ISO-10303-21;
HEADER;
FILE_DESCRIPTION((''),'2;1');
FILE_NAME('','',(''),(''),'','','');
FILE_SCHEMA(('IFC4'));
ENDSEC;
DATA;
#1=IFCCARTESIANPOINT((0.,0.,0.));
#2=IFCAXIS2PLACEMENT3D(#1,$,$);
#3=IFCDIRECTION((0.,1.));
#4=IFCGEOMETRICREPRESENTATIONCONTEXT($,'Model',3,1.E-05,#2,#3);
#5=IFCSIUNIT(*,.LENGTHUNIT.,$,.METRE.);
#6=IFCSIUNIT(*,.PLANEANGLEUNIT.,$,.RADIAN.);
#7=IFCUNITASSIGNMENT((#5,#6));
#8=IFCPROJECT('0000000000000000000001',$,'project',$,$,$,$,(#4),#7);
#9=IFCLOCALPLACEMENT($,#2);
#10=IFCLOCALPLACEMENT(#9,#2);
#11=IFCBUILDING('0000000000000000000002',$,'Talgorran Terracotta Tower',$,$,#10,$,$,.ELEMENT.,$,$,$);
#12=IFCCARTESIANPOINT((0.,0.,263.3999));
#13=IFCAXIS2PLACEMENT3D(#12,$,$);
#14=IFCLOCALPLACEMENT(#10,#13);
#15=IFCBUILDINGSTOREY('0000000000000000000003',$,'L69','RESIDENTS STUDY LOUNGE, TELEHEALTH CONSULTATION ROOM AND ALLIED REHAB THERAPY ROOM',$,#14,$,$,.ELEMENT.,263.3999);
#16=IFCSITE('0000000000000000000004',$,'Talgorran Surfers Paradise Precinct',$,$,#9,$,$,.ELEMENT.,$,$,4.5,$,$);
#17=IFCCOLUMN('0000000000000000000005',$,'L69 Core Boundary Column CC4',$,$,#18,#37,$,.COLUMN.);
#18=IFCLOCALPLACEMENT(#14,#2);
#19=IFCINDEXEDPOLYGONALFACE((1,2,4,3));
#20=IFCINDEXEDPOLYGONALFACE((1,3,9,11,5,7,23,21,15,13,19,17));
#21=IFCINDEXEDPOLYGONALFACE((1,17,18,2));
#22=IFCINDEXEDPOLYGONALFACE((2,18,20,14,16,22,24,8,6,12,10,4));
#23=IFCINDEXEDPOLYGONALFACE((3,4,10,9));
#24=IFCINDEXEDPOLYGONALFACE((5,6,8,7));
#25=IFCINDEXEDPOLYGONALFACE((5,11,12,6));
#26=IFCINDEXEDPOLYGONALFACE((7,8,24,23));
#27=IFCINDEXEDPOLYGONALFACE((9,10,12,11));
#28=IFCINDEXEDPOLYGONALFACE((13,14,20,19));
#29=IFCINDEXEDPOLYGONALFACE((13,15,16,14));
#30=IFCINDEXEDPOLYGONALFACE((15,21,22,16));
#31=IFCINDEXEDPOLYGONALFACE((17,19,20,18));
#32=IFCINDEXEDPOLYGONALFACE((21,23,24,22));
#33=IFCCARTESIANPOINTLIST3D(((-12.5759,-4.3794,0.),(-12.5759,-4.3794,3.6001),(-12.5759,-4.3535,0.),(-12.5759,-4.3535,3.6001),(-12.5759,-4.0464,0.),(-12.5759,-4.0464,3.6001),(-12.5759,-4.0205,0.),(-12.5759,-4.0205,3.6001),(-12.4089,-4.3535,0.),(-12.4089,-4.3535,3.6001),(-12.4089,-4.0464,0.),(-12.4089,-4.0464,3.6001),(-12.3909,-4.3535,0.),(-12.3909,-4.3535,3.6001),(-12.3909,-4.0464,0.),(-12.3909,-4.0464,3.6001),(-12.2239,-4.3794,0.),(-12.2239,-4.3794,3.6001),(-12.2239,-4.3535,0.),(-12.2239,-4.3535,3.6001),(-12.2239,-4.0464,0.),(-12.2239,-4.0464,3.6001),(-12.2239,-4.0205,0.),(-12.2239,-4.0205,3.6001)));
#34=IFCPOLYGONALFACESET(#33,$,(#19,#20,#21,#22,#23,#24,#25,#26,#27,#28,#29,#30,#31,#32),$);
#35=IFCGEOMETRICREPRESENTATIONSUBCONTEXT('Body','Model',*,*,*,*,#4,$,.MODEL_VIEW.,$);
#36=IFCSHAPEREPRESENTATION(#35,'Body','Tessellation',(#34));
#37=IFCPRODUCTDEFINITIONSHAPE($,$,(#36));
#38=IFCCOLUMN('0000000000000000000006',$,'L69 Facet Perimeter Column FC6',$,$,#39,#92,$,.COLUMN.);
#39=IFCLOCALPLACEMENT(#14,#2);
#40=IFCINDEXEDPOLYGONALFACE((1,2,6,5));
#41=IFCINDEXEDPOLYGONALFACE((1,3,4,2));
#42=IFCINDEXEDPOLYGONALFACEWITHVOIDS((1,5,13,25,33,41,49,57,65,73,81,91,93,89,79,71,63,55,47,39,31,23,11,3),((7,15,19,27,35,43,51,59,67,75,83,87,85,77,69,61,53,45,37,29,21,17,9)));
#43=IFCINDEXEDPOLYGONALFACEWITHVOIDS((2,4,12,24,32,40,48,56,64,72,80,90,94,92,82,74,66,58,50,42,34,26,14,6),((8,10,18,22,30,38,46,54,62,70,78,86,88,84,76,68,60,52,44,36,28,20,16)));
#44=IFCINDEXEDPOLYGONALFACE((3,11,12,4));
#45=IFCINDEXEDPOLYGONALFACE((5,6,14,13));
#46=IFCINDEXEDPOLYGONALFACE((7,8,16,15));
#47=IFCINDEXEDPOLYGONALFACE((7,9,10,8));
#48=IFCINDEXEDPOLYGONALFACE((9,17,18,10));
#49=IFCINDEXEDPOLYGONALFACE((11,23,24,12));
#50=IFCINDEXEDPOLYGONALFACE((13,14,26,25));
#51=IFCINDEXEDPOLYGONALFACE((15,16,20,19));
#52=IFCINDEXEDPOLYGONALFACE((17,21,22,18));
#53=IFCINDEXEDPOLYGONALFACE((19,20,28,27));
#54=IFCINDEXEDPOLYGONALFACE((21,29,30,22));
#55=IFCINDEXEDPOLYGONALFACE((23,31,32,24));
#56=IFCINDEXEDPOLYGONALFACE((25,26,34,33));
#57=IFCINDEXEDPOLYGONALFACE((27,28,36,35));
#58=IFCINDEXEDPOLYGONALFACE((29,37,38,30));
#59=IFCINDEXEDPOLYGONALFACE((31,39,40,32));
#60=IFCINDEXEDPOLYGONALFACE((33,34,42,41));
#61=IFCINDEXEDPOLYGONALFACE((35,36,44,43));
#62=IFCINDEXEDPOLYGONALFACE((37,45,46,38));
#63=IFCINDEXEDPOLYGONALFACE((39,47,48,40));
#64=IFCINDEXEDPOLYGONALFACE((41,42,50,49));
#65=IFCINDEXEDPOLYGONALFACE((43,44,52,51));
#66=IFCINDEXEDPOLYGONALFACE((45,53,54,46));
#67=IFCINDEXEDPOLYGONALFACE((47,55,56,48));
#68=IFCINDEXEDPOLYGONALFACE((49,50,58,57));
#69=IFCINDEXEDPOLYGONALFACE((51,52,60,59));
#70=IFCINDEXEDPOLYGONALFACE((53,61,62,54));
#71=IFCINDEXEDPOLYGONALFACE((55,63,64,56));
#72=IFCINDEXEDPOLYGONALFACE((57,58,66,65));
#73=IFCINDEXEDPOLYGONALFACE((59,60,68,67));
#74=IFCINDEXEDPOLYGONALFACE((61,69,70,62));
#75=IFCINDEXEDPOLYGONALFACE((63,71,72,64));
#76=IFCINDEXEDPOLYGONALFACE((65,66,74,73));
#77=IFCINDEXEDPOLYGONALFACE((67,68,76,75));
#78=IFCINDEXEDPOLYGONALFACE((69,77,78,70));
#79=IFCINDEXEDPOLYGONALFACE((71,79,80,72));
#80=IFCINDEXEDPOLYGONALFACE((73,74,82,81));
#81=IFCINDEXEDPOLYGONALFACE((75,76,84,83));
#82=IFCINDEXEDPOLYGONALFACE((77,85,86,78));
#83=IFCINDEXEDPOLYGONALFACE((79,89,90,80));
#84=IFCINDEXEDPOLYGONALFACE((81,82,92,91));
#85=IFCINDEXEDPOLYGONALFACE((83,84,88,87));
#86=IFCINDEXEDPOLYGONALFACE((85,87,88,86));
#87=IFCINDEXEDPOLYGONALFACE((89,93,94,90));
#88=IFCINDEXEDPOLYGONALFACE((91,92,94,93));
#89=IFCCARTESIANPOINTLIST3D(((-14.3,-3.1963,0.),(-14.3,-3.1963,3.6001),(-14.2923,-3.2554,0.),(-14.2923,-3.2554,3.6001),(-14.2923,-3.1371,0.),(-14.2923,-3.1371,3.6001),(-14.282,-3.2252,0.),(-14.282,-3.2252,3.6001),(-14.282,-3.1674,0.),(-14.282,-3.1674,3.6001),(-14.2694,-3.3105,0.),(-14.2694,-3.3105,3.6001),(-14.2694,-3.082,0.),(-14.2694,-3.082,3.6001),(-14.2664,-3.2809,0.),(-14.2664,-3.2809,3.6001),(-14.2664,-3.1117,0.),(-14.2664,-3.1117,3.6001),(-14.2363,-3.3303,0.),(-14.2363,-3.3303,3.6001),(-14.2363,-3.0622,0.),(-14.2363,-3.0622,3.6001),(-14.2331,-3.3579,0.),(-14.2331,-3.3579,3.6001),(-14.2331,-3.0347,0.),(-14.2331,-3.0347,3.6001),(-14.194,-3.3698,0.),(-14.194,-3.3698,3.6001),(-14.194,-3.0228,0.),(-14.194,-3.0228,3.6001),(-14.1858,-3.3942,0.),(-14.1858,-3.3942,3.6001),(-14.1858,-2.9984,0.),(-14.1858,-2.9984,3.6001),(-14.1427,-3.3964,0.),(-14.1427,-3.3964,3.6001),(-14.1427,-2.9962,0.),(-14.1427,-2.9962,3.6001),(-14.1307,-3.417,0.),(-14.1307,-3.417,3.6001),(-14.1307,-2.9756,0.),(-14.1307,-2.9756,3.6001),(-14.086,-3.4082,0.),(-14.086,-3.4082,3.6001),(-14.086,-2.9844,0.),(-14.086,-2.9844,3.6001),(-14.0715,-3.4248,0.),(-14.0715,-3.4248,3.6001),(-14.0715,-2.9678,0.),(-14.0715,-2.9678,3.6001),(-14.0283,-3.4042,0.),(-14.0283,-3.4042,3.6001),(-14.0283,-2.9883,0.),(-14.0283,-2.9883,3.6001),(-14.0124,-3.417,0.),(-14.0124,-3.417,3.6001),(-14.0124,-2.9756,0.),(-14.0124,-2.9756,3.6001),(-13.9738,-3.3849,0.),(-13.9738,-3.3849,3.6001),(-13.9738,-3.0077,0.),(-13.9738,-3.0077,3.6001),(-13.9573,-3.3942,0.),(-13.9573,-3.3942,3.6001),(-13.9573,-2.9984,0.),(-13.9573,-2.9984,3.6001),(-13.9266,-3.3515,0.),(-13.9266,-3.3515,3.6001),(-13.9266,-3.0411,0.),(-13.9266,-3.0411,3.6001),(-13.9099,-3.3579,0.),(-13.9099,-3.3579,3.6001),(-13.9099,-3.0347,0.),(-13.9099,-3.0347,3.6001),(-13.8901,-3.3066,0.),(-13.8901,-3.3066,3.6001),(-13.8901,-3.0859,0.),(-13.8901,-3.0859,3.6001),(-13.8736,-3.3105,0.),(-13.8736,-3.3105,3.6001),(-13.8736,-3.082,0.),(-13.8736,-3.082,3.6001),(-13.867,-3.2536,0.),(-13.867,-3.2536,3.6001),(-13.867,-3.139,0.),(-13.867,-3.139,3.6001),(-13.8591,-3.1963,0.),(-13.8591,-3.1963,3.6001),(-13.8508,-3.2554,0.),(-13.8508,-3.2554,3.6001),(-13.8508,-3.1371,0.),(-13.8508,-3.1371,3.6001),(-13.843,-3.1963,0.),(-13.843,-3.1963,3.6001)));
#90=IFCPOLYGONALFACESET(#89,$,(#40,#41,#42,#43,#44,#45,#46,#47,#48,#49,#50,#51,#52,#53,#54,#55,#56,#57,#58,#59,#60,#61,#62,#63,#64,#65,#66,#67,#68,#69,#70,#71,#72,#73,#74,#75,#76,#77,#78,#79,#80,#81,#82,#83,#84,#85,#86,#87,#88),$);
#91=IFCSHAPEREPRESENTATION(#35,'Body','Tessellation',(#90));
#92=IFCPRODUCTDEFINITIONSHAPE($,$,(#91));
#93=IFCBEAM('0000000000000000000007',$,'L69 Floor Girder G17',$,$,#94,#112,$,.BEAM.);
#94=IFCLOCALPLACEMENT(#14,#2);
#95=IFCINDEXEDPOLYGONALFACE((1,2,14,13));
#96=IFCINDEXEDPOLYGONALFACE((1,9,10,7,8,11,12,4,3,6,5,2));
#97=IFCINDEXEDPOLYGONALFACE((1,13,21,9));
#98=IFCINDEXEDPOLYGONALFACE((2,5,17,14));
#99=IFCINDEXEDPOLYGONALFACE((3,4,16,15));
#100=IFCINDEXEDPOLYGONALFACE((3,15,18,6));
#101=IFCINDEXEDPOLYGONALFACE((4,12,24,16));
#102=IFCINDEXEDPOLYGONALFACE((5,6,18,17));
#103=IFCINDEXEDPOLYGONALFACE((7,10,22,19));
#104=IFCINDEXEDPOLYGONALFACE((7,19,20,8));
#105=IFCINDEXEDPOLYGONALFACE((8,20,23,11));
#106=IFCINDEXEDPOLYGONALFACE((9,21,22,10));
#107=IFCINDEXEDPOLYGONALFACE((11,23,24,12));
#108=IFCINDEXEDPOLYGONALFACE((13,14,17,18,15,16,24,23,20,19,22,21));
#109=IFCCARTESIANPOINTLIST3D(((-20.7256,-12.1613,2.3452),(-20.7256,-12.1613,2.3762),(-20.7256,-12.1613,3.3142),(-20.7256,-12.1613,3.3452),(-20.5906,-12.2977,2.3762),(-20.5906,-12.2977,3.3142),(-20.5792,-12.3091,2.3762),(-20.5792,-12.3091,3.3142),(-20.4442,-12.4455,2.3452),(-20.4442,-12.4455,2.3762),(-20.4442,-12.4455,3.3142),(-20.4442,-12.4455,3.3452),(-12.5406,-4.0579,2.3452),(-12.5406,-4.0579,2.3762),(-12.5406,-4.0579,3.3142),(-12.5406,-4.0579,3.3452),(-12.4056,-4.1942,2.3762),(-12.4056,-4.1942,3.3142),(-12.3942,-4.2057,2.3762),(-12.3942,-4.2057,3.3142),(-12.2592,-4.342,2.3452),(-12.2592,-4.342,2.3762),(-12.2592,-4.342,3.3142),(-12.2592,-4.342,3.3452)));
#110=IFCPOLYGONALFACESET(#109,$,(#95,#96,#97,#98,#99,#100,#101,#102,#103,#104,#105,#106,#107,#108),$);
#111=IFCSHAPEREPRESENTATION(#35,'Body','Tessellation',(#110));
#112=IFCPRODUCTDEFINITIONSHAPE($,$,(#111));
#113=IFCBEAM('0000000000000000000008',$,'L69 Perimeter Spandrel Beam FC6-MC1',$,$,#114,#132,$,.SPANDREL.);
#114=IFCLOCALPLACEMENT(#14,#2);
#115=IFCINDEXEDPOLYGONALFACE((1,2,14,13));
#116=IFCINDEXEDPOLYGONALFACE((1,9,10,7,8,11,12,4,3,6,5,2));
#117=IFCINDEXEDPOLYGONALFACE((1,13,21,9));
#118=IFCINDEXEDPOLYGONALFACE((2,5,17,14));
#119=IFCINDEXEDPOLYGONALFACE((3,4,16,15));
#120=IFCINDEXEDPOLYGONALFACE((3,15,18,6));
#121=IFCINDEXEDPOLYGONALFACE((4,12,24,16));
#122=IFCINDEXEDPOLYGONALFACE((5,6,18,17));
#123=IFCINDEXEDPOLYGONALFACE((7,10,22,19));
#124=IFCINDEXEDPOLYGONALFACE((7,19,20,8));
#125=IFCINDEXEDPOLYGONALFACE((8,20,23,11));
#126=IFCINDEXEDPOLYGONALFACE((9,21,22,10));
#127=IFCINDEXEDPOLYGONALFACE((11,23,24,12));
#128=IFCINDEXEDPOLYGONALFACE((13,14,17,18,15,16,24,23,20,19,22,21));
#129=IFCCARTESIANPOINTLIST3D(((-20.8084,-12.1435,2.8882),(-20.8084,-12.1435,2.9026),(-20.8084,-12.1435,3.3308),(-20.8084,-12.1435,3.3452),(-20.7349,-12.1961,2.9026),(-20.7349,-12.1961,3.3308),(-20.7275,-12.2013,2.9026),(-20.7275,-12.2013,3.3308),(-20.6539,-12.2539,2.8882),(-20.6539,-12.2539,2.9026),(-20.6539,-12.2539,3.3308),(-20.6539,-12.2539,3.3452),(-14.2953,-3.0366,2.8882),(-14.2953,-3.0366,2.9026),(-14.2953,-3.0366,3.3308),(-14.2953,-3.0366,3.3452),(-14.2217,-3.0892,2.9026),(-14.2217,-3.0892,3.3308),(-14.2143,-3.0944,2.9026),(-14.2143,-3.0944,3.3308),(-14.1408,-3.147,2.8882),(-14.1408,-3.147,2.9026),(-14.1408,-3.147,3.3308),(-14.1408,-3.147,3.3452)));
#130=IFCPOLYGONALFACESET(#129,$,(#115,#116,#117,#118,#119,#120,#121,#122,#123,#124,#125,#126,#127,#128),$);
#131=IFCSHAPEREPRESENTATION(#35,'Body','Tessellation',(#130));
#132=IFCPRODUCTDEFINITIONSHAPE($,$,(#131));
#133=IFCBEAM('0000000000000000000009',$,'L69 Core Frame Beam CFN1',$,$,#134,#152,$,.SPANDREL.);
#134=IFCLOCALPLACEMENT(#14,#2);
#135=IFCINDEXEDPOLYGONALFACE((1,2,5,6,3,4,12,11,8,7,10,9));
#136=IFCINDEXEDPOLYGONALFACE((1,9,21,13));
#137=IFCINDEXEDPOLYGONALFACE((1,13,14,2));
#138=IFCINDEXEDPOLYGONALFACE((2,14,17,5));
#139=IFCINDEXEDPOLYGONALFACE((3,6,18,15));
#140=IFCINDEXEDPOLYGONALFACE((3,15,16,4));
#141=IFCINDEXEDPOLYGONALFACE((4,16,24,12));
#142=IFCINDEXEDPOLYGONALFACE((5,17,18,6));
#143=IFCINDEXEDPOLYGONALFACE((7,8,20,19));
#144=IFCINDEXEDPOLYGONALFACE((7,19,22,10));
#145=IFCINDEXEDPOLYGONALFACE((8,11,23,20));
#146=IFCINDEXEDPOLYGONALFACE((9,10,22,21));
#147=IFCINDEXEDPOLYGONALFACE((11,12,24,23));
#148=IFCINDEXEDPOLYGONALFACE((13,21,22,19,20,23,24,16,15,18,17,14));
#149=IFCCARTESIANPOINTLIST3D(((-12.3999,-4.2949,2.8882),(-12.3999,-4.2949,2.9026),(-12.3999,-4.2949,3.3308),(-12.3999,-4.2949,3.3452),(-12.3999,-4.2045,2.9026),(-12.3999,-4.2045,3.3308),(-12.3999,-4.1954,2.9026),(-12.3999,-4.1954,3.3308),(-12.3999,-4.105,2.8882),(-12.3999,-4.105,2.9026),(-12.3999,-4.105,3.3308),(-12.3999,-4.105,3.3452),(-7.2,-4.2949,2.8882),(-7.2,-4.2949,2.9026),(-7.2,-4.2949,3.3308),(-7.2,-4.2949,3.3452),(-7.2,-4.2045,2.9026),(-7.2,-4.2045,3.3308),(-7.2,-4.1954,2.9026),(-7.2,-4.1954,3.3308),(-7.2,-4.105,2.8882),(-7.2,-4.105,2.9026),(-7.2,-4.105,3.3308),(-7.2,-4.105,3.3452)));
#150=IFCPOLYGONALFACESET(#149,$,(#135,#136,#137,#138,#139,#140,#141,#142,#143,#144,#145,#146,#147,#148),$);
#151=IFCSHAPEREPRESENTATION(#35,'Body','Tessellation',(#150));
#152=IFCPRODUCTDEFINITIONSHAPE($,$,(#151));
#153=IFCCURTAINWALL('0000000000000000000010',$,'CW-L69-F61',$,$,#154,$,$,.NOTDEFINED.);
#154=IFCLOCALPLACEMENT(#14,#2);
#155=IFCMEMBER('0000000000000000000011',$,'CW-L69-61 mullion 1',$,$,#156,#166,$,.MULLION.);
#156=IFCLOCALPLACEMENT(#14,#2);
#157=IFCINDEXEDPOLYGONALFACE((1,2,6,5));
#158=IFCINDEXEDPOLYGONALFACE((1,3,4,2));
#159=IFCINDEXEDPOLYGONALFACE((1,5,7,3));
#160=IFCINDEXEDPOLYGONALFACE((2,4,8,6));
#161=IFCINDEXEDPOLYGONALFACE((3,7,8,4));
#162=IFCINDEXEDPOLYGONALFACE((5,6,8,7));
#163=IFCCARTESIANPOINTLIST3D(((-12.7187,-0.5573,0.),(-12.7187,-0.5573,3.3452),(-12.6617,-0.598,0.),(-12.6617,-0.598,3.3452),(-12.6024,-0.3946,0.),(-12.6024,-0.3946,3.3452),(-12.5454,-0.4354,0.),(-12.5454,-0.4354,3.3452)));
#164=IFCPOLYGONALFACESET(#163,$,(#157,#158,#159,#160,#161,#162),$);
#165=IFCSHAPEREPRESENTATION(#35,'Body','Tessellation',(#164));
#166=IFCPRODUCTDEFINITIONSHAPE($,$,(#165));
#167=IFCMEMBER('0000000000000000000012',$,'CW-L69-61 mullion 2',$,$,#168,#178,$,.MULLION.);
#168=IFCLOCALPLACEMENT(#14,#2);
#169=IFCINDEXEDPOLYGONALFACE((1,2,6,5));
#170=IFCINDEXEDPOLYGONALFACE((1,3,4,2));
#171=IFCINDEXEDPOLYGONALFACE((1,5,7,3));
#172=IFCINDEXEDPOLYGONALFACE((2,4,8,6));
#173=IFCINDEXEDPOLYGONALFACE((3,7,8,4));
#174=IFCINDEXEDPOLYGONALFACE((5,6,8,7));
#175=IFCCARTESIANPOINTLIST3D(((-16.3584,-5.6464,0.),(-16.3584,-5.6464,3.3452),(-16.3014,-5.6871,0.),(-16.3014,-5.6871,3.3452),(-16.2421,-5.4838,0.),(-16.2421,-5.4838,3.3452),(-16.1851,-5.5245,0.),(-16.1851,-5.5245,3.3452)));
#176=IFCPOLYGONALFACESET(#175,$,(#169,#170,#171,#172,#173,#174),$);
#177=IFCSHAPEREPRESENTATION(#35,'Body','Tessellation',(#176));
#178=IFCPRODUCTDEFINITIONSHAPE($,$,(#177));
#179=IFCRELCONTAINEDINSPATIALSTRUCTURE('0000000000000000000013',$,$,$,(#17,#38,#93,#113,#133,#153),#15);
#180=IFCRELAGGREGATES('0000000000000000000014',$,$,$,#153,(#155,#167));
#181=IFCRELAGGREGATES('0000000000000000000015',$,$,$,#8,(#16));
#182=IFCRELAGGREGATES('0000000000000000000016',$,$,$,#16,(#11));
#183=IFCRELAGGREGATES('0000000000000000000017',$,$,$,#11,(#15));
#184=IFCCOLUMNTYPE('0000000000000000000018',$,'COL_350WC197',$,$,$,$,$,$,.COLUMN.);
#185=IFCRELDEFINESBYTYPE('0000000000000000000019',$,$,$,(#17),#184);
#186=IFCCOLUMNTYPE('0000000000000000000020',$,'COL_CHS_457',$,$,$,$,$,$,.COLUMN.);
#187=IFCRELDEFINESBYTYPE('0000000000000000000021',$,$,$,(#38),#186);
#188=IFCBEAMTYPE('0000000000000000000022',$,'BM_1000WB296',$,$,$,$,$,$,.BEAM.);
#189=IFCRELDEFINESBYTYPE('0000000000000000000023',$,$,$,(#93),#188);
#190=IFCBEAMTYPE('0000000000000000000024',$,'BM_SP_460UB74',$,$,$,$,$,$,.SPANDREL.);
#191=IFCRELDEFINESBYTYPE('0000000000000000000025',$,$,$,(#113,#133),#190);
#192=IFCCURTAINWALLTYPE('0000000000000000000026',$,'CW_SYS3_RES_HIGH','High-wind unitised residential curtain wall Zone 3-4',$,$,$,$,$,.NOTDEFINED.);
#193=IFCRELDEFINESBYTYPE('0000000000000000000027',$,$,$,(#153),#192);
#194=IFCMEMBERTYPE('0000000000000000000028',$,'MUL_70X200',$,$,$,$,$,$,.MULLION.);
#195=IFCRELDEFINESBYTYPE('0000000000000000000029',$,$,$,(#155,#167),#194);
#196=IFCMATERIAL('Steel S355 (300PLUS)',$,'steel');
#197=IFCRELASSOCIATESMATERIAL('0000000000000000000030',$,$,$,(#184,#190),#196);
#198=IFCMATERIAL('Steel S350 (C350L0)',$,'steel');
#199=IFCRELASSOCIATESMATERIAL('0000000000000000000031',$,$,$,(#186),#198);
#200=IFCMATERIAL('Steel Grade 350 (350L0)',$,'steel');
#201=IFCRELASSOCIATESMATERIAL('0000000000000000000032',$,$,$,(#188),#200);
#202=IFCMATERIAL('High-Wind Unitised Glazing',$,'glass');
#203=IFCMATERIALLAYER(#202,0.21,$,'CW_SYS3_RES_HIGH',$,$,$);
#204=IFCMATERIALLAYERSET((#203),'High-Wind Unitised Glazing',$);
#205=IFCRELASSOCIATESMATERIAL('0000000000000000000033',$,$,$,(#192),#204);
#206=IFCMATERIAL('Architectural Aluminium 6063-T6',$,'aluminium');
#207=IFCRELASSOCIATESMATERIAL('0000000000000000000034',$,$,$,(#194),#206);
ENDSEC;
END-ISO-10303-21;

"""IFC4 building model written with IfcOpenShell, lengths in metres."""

from ifc_helpers import new_model, si_unit, direction, frame, origin, origin_2d, place, context, subcontext, project, spatial, rectangle, hollow_circle, i_section, extrude, material, layer, layer_set, material_profile, profile_set, type_object, element, aggregate, save


model = new_model("IFC4")

# Units and contexts
model_context = context("Model", 3, precision=1e-05, world=origin(), true_north=direction((0.0, 1.0)))
body_context = subcontext(model_context, "Body", "Model", "MODEL_VIEW")
ifc_project = project(units=[si_unit("LENGTHUNIT", "METRE"), si_unit("PLANEANGLEUNIT", "RADIAN")], contexts=[model_context])

# Site, building, storey
site_placement = place(None, origin())
site = spatial("IfcSite", under=ifc_project, at=site_placement, Name="Talgorran Surfers Paradise Precinct", CompositionType="ELEMENT", RefElevation=4.5)
building_placement = place(site_placement, origin())
building = spatial("IfcBuilding", under=site, at=building_placement, Name="Talgorran Terracotta Tower", CompositionType="ELEMENT")
storey_placement = place(building_placement, frame((0.0, 0.0, 263.3999)))
storey = spatial("IfcBuildingStorey", under=building, at=storey_placement, Name="L69", Description="RESIDENTS STUDY LOUNGE, TELEHEALTH CONSULTATION ROOM AND ALLIED REHAB THERAPY ROOM", CompositionType="ELEMENT", Elevation=263.3999)

# Columns
ifc_material_1 = material(Name="Steel S355 (300PLUS)", Category="steel")
ifc_material_profile_1 = material_profile(ifc_material_1, i_section(OverallWidth=0.3521, OverallDepth=0.3589, WebThickness=0.0181, FlangeThickness=0.0259, at=origin_2d()), Name="350WC197")
ifc_profile_set_1 = profile_set([ifc_material_profile_1], Name="Steel S355 (300PLUS)")
column_type_1 = type_object("IfcColumnType", Name="COL_350WC197", PredefinedType="COLUMN", material=ifc_profile_set_1)
column_1_placement = place(storey_placement, frame((-12.3999, -4.2, 0.0), z_axis=(0.0, 0.0, 1.0), x_axis=(1.0, 0.0, 0.0)))
element("IfcColumn", 1, at=column_1_placement, inside=storey, type_object=column_type_1, Name="L69 Core Boundary Column CC4", PredefinedType="COLUMN", context=body_context, shape_type="SweptSolid", body=[
    extrude(i_section(OverallWidth=0.3521, OverallDepth=0.3589, WebThickness=0.0181, FlangeThickness=0.0259, at=origin_2d()), origin(), (0.0, 0.0, 1.0), 3.6001),
])
ifc_material_2 = material(Name="Steel S350 (C350L0)", Category="steel")
ifc_material_profile_2 = material_profile(ifc_material_2, hollow_circle(Radius=0.2285, WallThickness=0.0161, at=origin_2d()), Name="CHS457X16")
ifc_profile_set_2 = profile_set([ifc_material_profile_2], Name="Steel S350 (C350L0)")
column_type_2 = type_object("IfcColumnType", Name="COL_CHS_457", PredefinedType="COLUMN", material=ifc_profile_set_2)
column_2_placement = place(storey_placement, frame((-14.0715, -3.1963, 0.0), z_axis=(0.0, 0.0, 1.0), x_axis=(1.0, 0.0, 0.0)))
element("IfcColumn", 2, at=column_2_placement, inside=storey, type_object=column_type_2, Name="L69 Facet Perimeter Column FC6", PredefinedType="COLUMN", context=body_context, shape_type="SweptSolid", body=[
    extrude(hollow_circle(Radius=0.2285, WallThickness=0.0161, at=origin_2d()), origin(), (0.0, 0.0, 1.0), 3.6001),
])

# Beams
ifc_material_3 = material(Name="Steel Grade 350 (350L0)", Category="steel")
ifc_material_profile_3 = material_profile(ifc_material_3, i_section(OverallWidth=0.3999, OverallDepth=1.0, WebThickness=0.0161, FlangeThickness=0.031, at=origin_2d()), Name="1000WB296")
ifc_profile_set_3 = profile_set([ifc_material_profile_3], Name="Steel Grade 350 (350L0)")
beam_type_1 = type_object("IfcBeamType", Name="BM_1000WB296", PredefinedType="BEAM", material=ifc_profile_set_3)
beam_1_placement = place(storey_placement, frame((-12.3999, -4.2, 2.8452), z_axis=(-0.710638, -0.703558, 0.0), x_axis=(0.703558, -0.710638, 0.0)))
element("IfcBeam", 3, at=beam_1_placement, inside=storey, type_object=beam_type_1, Name="L69 Floor Girder G17", PredefinedType="BEAM", context=body_context, shape_type="SweptSolid", body=[
    extrude(i_section(OverallWidth=0.3999, OverallDepth=1.0, WebThickness=0.0161, FlangeThickness=0.031, at=origin_2d()), origin(), (0.0, 0.0, 1.0), 11.5178),
])
ifc_material_profile_4 = material_profile(ifc_material_1, i_section(OverallWidth=0.1899, OverallDepth=0.457, WebThickness=0.009, FlangeThickness=0.0144, at=origin_2d()), Name="460UB74.6")
ifc_profile_set_4 = profile_set([ifc_material_profile_4], Name="Steel S355 (300PLUS)")
beam_type_2 = type_object("IfcBeamType", Name="BM_SP_460UB74", PredefinedType="SPANDREL", material=ifc_profile_set_4)
beam_2_placement = place(storey_placement, frame((-14.218, -3.0918, 3.1167), z_axis=(-0.581725, -0.813386, 0.0), x_axis=(0.813386, -0.581725, 0.0)))
element("IfcBeam", 4, at=beam_2_placement, inside=storey, type_object=beam_type_2, Name="L69 Perimeter Spandrel Beam FC6-MC1", PredefinedType="SPANDREL", context=body_context, shape_type="SweptSolid", body=[
    extrude(i_section(OverallWidth=0.1899, OverallDepth=0.457, WebThickness=0.009, FlangeThickness=0.0144, at=origin_2d()), origin(), (0.0, 0.0, 1.0), 11.1963),
])
beam_3_placement = place(storey_placement, frame((-12.3999, -4.2, 3.1167), z_axis=(1.0, 0.0, 0.0), x_axis=(0.0, 1.0, 0.0)))
element("IfcBeam", 5, at=beam_3_placement, inside=storey, type_object=beam_type_2, Name="L69 Core Frame Beam CFN1", PredefinedType="SPANDREL", context=body_context, shape_type="SweptSolid", body=[
    extrude(i_section(OverallWidth=0.1899, OverallDepth=0.457, WebThickness=0.009, FlangeThickness=0.0144, at=origin_2d()), origin(), (0.0, 0.0, 1.0), 5.2),
])

# Curtain wall, members
ifc_material_4 = material(Name="High-Wind Unitised Glazing", Category="glass")
ifc_layer_1 = layer(ifc_material_4, 0.21, Name="CW_SYS3_RES_HIGH")
ifc_layer_set_1 = layer_set([ifc_layer_1], Name="High-Wind Unitised Glazing")
curtain_wall_type = type_object("IfcCurtainWallType", Name="CW_SYS3_RES_HIGH", Description="High-wind unitised residential curtain wall Zone 3-4", PredefinedType="NOTDEFINED", material=ifc_layer_set_1)
curtain_wall_1_placement = place(storey_placement, origin())
curtain_wall_1 = element("IfcCurtainWall", 6, at=curtain_wall_1_placement, inside=storey, type_object=curtain_wall_type, Name="CW-L69-F61", PredefinedType="NOTDEFINED")
ifc_material_5 = material(Name="Architectural Aluminium 6063-T6", Category="aluminium")
ifc_material_profile_5 = material_profile(ifc_material_5, rectangle(XDim=0.0701, YDim=0.2, at=origin_2d()), Name="CWM70X200")
ifc_profile_set_5 = profile_set([ifc_material_profile_5], Name="Architectural Aluminium 6063-T6")
member_type_1 = type_object("IfcMemberType", Name="MUL_70X200", PredefinedType="MULLION", material=ifc_profile_set_5)
member_1_placement = place(storey_placement, frame((-12.6321, -0.4963, 0.0), z_axis=(0.0, 0.0, 1.0), x_axis=(0.813388, -0.581721, 0.0)))
member_1 = element("IfcMember", 7, at=member_1_placement, type_object=member_type_1, Name="CW-L69-61 mullion 1", PredefinedType="MULLION", context=body_context, shape_type="SweptSolid", body=[
    extrude(rectangle(XDim=0.0701, YDim=0.2, at=origin_2d()), origin(), (0.0, 0.0, 1.0), 3.3452),
])
member_2_placement = place(storey_placement, frame((-16.2717, -5.5854, 0.0), z_axis=(0.0, 0.0, 1.0), x_axis=(0.813388, -0.581721, 0.0)))
member_2 = element("IfcMember", 8, at=member_2_placement, type_object=member_type_1, Name="CW-L69-61 mullion 2", PredefinedType="MULLION", context=body_context, shape_type="SweptSolid", body=[
    extrude(rectangle(XDim=0.0701, YDim=0.2, at=origin_2d()), origin(), (0.0, 0.0, 1.0), 3.3452),
])

aggregate(curtain_wall_1, [member_1, member_2])

save(model, "model.ifc")
